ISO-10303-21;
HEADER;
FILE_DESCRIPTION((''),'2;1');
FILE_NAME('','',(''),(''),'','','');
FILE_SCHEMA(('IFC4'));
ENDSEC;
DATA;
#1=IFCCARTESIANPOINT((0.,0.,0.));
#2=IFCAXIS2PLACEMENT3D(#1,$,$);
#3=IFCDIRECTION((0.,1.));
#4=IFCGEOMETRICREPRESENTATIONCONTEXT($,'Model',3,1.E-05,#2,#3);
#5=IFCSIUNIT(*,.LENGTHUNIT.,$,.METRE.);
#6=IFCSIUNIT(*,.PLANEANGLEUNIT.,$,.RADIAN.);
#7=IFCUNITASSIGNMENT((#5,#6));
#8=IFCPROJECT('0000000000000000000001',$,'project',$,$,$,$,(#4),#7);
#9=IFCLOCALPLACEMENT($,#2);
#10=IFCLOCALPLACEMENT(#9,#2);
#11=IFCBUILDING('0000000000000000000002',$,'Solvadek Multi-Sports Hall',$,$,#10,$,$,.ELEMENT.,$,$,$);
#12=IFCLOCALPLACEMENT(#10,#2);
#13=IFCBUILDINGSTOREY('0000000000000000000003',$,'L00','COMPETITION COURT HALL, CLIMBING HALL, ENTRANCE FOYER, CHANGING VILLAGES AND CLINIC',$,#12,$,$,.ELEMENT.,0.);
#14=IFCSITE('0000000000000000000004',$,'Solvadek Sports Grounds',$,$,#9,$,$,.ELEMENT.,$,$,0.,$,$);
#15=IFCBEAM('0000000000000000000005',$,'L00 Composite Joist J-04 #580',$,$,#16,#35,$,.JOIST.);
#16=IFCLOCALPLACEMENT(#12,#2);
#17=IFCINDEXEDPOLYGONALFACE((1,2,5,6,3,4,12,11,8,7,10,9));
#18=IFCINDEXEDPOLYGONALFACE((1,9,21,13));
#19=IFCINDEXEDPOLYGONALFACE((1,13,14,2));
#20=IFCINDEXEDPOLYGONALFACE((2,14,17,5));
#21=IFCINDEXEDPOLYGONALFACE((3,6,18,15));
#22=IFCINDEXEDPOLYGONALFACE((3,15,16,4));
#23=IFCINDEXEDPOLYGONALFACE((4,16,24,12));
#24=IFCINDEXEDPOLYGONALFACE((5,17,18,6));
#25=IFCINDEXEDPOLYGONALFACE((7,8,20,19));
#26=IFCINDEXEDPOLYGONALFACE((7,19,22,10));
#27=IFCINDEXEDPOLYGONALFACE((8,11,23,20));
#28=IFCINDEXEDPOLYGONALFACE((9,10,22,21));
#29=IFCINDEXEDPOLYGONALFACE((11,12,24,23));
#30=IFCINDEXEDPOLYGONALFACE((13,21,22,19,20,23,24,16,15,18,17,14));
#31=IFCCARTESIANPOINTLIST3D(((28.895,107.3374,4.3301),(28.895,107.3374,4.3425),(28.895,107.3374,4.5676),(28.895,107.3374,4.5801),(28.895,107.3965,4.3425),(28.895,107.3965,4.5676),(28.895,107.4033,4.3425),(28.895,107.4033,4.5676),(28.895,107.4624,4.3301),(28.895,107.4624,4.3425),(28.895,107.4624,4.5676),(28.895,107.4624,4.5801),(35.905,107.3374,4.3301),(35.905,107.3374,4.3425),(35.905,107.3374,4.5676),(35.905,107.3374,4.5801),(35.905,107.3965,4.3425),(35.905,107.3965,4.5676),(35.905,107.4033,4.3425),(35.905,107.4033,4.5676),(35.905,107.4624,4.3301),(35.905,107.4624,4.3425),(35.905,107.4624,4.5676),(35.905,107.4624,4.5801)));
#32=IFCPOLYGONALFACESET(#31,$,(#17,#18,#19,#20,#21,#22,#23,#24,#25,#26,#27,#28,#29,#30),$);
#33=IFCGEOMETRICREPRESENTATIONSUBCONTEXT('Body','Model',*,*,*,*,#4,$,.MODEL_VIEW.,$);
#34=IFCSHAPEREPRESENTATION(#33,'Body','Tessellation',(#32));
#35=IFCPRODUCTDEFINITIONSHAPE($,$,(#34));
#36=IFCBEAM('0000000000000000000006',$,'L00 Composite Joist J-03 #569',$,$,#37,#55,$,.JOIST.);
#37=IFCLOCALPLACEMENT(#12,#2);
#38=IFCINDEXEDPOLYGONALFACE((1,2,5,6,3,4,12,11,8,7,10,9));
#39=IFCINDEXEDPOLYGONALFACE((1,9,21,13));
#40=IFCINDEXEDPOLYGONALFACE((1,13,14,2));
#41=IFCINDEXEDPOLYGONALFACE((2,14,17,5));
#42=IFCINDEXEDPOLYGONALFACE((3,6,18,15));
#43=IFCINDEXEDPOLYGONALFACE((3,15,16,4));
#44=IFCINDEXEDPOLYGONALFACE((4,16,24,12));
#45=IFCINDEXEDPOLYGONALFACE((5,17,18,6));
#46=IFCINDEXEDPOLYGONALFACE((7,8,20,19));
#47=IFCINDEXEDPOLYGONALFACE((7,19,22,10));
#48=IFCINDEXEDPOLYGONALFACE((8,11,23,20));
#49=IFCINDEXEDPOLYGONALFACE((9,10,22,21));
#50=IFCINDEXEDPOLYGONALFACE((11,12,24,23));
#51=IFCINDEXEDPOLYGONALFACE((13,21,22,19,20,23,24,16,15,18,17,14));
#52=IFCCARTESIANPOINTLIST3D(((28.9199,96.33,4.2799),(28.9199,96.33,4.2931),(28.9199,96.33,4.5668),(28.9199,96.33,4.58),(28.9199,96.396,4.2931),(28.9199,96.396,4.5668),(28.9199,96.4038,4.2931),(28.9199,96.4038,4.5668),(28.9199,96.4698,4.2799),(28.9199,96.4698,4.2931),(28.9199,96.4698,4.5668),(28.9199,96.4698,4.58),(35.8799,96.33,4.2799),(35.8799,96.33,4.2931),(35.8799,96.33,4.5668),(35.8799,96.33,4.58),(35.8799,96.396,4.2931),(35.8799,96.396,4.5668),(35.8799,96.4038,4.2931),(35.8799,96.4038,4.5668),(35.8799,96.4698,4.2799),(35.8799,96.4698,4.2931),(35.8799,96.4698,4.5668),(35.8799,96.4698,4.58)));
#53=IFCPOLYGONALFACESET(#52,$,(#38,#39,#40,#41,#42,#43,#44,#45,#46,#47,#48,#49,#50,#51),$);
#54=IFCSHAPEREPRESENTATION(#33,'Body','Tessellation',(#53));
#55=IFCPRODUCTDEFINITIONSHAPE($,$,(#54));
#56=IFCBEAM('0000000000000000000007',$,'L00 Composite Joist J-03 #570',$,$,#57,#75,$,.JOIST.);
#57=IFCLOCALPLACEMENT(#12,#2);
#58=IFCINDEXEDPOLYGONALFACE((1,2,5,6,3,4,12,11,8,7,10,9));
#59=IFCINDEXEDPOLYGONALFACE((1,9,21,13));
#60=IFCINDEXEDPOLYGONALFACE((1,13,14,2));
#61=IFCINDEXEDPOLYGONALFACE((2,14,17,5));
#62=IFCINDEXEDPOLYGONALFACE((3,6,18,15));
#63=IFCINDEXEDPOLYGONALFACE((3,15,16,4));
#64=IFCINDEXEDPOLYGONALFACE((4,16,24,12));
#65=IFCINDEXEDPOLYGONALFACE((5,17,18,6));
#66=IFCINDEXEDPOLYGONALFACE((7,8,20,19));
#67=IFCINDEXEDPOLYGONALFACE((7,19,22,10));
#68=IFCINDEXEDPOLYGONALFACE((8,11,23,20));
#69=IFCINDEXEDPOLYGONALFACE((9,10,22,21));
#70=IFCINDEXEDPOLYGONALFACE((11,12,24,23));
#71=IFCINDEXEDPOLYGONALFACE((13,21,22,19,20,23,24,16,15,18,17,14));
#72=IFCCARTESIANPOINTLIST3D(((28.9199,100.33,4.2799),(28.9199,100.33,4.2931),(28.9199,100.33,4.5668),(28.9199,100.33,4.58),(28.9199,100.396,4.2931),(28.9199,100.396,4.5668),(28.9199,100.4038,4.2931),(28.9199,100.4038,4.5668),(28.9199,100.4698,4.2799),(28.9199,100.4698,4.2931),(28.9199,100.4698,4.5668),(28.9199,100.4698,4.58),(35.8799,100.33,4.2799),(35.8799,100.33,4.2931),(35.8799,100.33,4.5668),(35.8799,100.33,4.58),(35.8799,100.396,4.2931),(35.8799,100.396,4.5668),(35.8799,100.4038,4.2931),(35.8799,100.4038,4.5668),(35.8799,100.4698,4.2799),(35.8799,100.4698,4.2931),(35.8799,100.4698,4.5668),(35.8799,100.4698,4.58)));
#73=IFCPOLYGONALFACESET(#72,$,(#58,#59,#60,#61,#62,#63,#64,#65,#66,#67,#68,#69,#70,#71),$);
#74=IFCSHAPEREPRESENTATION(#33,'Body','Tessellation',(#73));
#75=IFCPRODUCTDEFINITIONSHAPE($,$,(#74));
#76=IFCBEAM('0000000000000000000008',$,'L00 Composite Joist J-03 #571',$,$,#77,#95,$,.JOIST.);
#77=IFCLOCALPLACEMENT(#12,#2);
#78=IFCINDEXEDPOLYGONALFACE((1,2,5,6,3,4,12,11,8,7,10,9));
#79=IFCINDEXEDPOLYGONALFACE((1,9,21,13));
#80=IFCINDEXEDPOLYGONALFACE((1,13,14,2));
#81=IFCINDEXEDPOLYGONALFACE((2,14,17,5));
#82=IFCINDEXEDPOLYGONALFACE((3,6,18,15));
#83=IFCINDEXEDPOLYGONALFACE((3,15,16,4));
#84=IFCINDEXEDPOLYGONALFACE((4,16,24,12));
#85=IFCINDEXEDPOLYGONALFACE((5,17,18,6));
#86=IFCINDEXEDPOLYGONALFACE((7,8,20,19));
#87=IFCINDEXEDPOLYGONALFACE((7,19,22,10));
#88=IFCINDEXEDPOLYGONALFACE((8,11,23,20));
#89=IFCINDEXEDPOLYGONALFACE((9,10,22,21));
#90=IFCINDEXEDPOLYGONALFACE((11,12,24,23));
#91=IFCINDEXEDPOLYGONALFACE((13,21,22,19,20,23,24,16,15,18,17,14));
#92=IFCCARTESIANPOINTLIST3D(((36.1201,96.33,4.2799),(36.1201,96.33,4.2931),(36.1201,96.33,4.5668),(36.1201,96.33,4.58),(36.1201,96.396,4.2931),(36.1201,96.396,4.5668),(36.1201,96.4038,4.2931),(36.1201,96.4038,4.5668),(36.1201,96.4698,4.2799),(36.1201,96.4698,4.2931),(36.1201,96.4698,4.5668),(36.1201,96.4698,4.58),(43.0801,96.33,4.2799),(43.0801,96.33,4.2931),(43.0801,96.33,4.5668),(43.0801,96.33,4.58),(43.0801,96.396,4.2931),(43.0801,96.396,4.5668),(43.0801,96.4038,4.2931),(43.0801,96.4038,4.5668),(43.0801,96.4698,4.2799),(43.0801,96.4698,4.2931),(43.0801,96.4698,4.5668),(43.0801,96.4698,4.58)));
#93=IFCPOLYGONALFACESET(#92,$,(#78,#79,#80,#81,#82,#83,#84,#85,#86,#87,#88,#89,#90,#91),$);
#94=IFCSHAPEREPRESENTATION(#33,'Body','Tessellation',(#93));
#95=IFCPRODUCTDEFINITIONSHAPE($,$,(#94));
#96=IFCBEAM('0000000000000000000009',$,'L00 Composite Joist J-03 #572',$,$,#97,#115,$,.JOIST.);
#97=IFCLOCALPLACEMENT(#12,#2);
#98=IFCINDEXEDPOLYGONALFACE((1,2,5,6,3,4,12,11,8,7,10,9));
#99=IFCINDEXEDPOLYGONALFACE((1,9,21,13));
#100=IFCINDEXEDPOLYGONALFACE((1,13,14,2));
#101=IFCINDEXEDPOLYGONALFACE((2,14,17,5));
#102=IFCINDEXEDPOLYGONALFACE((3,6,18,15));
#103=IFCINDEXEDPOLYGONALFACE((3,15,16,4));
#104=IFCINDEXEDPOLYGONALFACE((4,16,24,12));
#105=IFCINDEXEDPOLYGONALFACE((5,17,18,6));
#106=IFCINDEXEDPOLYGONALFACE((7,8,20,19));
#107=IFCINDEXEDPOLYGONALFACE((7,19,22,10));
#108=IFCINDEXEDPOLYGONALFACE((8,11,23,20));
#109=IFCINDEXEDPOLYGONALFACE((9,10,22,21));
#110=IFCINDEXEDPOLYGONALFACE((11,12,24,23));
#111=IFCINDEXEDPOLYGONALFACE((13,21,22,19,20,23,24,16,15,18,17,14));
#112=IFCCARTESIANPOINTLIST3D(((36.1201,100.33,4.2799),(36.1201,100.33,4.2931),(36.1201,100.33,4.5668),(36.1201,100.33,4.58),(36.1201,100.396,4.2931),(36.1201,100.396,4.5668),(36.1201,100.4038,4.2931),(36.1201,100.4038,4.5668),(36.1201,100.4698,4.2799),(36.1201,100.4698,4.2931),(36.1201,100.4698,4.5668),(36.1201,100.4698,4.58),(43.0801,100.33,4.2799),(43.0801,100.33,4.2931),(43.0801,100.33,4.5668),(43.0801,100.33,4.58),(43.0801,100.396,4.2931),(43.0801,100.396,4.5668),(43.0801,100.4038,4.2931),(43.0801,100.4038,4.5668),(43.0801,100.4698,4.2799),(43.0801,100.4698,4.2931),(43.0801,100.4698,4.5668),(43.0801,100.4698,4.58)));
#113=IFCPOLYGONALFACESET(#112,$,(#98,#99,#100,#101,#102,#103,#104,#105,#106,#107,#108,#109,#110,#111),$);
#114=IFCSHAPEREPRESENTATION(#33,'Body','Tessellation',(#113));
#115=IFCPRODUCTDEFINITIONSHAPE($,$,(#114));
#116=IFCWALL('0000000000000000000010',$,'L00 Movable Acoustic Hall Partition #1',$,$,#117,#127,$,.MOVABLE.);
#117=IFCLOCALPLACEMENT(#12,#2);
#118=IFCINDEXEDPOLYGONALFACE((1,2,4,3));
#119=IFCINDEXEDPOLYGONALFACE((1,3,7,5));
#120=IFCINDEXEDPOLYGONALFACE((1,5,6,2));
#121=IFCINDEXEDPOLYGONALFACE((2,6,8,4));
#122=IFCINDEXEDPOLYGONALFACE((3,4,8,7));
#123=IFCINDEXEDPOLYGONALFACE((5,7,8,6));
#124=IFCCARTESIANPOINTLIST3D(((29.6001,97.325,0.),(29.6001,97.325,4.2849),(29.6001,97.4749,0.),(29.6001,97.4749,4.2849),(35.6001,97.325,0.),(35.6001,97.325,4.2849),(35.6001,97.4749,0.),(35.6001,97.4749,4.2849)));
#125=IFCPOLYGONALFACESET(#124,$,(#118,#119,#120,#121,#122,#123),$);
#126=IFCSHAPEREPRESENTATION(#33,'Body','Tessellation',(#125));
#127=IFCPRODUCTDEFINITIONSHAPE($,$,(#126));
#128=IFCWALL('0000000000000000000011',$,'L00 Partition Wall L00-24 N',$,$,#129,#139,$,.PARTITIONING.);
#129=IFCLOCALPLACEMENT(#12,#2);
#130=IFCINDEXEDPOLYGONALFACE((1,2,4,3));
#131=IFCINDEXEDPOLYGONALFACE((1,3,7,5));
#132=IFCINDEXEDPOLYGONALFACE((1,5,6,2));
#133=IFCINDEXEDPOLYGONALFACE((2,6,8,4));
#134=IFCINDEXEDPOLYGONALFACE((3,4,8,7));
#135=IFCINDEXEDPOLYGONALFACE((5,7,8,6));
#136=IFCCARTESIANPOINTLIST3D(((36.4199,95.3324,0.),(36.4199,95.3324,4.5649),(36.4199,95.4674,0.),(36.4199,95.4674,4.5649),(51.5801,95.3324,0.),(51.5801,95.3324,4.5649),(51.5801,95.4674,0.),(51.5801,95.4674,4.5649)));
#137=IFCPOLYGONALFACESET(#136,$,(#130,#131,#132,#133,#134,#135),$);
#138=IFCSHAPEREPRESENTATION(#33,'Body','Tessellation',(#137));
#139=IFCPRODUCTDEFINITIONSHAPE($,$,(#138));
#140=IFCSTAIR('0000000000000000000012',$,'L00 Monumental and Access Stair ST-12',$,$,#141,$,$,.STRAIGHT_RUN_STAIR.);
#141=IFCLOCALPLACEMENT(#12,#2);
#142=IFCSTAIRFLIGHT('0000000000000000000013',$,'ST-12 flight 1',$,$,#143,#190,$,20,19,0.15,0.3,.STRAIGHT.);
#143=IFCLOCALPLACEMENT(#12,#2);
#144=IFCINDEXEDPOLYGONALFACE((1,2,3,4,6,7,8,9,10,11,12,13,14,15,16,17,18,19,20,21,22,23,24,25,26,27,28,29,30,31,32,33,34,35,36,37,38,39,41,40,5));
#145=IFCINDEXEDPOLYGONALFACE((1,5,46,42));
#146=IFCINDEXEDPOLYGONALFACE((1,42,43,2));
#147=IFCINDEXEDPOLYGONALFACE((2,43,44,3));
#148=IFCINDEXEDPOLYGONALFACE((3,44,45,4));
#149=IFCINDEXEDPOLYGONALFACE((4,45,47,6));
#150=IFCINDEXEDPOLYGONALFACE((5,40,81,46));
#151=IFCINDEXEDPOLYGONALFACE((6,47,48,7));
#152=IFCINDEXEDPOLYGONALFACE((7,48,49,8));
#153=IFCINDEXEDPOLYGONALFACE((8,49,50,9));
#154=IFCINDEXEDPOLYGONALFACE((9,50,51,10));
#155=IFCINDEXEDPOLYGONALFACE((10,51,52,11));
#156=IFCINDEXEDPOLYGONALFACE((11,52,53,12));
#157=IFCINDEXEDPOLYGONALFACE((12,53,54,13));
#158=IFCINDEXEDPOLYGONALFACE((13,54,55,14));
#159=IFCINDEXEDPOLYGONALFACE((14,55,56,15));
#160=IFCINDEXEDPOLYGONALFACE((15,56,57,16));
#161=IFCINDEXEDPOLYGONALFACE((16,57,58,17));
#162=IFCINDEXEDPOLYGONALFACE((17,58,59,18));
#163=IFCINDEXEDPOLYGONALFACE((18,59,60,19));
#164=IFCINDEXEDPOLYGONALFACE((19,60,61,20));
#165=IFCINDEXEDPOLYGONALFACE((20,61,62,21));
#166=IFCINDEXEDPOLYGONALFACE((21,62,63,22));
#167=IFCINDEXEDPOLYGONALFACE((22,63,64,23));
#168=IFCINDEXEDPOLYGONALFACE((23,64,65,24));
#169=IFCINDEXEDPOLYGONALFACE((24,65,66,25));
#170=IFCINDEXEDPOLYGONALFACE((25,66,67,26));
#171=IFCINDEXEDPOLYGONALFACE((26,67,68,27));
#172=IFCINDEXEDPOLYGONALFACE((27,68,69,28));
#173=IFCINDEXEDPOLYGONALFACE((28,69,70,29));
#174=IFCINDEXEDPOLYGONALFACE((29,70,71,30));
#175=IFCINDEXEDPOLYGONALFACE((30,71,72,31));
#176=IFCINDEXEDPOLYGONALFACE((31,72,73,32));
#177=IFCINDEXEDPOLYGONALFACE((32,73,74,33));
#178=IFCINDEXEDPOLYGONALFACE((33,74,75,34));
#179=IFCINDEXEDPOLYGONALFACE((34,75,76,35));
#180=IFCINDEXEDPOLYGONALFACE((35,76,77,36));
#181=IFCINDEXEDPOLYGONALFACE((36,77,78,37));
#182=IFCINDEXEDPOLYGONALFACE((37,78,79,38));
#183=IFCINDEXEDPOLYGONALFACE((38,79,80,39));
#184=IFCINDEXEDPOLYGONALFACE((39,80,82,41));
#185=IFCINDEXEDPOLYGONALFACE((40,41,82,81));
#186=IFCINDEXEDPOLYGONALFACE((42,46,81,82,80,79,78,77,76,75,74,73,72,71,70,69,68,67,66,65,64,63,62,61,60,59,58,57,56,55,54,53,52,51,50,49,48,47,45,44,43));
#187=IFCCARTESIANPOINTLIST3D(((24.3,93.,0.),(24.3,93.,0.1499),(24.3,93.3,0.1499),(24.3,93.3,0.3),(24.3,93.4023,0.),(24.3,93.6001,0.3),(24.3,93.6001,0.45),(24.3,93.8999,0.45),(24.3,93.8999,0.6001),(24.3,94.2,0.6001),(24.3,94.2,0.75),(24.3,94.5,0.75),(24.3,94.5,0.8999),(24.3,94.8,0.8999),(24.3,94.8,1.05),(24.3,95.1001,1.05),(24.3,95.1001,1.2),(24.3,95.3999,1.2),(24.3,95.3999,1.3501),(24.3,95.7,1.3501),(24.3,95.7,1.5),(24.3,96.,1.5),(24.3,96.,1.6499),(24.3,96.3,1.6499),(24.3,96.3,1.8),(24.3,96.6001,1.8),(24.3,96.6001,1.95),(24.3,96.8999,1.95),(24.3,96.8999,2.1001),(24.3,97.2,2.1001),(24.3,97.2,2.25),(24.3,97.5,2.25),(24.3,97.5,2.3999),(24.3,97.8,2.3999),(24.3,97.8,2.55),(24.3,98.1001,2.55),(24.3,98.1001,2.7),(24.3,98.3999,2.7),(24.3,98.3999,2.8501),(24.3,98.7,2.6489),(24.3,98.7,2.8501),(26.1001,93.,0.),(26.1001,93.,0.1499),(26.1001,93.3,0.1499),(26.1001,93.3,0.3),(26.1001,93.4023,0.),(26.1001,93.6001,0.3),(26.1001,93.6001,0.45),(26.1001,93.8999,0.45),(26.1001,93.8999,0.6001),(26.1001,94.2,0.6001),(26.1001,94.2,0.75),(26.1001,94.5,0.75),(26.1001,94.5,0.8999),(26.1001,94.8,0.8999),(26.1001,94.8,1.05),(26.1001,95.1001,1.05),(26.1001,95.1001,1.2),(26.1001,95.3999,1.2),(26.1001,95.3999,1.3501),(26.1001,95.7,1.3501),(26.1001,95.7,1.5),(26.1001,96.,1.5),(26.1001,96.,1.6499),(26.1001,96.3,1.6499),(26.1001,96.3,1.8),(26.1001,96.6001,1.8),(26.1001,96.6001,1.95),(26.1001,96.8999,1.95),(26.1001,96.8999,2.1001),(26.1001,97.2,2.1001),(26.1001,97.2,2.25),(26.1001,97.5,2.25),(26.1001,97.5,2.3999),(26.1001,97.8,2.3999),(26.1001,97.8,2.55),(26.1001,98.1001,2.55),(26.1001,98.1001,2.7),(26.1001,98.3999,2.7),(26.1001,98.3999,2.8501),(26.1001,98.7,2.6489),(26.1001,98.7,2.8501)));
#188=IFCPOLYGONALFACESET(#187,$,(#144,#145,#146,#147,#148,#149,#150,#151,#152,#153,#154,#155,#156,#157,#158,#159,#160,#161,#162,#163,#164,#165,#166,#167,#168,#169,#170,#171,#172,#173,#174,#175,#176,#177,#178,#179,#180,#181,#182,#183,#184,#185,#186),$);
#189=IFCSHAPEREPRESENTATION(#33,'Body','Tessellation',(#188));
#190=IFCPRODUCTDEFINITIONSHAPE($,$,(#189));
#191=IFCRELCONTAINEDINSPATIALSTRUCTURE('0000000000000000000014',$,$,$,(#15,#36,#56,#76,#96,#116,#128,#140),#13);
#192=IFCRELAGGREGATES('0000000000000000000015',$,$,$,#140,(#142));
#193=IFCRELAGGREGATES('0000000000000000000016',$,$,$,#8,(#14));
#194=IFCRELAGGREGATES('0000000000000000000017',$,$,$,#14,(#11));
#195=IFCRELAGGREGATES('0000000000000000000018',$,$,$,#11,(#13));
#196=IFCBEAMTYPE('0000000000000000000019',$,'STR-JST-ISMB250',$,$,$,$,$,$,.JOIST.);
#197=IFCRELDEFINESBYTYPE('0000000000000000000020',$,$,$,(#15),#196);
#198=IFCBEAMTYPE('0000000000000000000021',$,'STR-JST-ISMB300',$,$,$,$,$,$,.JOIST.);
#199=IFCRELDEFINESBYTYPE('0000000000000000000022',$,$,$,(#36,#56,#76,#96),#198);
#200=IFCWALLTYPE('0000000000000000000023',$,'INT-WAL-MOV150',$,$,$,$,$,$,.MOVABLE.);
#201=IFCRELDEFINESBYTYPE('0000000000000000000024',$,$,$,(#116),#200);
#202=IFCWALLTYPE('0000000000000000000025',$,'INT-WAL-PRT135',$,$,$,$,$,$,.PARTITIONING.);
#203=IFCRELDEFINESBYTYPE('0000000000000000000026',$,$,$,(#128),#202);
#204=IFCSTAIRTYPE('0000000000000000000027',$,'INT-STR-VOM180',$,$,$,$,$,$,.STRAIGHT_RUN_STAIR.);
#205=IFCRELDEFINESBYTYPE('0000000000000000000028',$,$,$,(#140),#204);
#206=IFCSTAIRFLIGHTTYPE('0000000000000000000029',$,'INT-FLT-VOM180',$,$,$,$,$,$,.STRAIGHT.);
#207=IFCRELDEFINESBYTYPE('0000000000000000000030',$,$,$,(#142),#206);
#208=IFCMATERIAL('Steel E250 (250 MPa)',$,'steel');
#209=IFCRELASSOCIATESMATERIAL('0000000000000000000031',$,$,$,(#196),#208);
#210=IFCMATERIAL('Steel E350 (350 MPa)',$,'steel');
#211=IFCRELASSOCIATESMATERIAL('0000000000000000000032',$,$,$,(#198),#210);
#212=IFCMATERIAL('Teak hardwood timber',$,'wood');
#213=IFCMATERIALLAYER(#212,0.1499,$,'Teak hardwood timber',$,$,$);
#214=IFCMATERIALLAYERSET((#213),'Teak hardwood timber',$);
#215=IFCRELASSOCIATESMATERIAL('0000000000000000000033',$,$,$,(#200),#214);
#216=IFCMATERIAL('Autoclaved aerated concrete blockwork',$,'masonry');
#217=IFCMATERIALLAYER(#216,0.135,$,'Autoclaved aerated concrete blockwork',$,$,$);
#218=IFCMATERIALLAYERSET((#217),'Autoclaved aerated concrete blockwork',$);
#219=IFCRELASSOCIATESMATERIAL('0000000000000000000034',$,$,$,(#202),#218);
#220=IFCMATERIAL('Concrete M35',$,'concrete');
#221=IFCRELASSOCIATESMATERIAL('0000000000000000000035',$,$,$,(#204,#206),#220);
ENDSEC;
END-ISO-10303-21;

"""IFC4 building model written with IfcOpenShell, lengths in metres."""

from ifc_helpers import new_model, si_unit, direction, frame, frame_2d, origin, origin_2d, place, context, subcontext, project, spatial, polyline, rectangle, i_section, outline, extrude, material, layer, layer_set, material_profile, profile_set, type_object, element, aggregate, save


model = new_model("IFC4")

# Units and contexts
model_context = context("Model", 3, precision=1e-05, world=origin(), true_north=direction((0.0, 1.0)))
body_context = subcontext(model_context, "Body", "Model", "MODEL_VIEW")
ifc_project = project(units=[si_unit("LENGTHUNIT", "METRE"), si_unit("PLANEANGLEUNIT", "RADIAN")], contexts=[model_context])

# Site, building, storey
site_placement = place(None, origin())
site = spatial("IfcSite", under=ifc_project, at=site_placement, Name="Solvadek Sports Grounds", CompositionType="ELEMENT", RefElevation=0.0)
building_placement = place(site_placement, origin())
building = spatial("IfcBuilding", under=site, at=building_placement, Name="Solvadek Multi-Sports Hall", CompositionType="ELEMENT")
storey_placement = place(building_placement, origin())
storey = spatial("IfcBuildingStorey", under=building, at=storey_placement, Name="L00", Description="COMPETITION COURT HALL, CLIMBING HALL, ENTRANCE FOYER, CHANGING VILLAGES AND CLINIC", CompositionType="ELEMENT", Elevation=0.0)

# Shared definitions
ifc_material_1 = material(Name="Steel E350 (350 MPa)", Category="steel")

# Shared definitions
ifc_material_2 = material(Name="Steel E250 (250 MPa)", Category="steel")

# Beams
ifc_material_profile_1 = material_profile(ifc_material_2, i_section(OverallWidth=0.125, OverallDepth=0.25, WebThickness=0.0068, FlangeThickness=0.0125, at=origin_2d()), Name="ISMB 250")
ifc_profile_set_1 = profile_set([ifc_material_profile_1], Name="Steel E250 (250 MPa)")
beam_type_1 = type_object("IfcBeamType", Name="STR-JST-ISMB250", PredefinedType="JOIST", material=ifc_profile_set_1)
beam_1_placement = place(storey_placement, frame((28.895, 107.3999, 4.4551), z_axis=(1.0, 0.0, 0.0), x_axis=(0.0, 1.0, 0.0)))
element("IfcBeam", 1, at=beam_1_placement, inside=storey, type_object=beam_type_1, Name="L00 Composite Joist J-04 #580", PredefinedType="JOIST", context=body_context, shape_type="SweptSolid", body=[
    extrude(i_section(OverallWidth=0.125, OverallDepth=0.25, WebThickness=0.0068, FlangeThickness=0.0125, at=origin_2d()), origin(), (0.0, 0.0, 1.0), 7.01),
])
ifc_material_profile_2 = material_profile(ifc_material_1, i_section(OverallWidth=0.1399, OverallDepth=0.3, WebThickness=0.0078, FlangeThickness=0.0132, at=origin_2d()), Name="ISMB 300")
ifc_profile_set_2 = profile_set([ifc_material_profile_2], Name="Steel E350 (350 MPa)")
beam_type_2 = type_object("IfcBeamType", Name="STR-JST-ISMB300", PredefinedType="JOIST", material=ifc_profile_set_2)
for number, where, z_axis, x_axis, name in (
    (2, (28.9199, 96.3999, 4.4299), (1.0, 0.0, 0.0), (0.0, 1.0, 0.0), "L00 Composite Joist J-03 #569"),
    (3, (28.9199, 100.3999, 4.4299), (1.0, 0.0, 0.0), (0.0, 1.0, 0.0), "L00 Composite Joist J-03 #570"),
    (4, (36.1201, 96.3999, 4.4299), (1.0, 0.0, 0.0), (0.0, 1.0, 0.0), "L00 Composite Joist J-03 #571"),
    (5, (36.1201, 100.3999, 4.4299), (1.0, 0.0, 0.0), (0.0, 1.0, 0.0), "L00 Composite Joist J-03 #572"),
):
    element("IfcBeam", number, at=place(storey_placement, frame(where, z_axis=z_axis, x_axis=x_axis)), inside=storey, type_object=beam_type_2, Name=name, PredefinedType="JOIST", context=body_context, shape_type="SweptSolid", body=[
        extrude(i_section(OverallWidth=0.1399, OverallDepth=0.3, WebThickness=0.0078, FlangeThickness=0.0132, at=origin_2d()), origin(), (0.0, 0.0, 1.0), 6.96),
    ])

# Walls
ifc_material_3 = material(Name="Teak hardwood timber", Category="wood")
ifc_layer_1 = layer(ifc_material_3, 0.1499, Name="Teak hardwood timber")
ifc_layer_set_1 = layer_set([ifc_layer_1], Name="Teak hardwood timber")
wall_type_1 = type_object("IfcWallType", Name="INT-WAL-MOV150", PredefinedType="MOVABLE", material=ifc_layer_set_1)
wall_1_placement = place(storey_placement, frame((29.6001, 97.3999, 0.0), z_axis=(0.0, 0.0, 1.0), x_axis=(1.0, 0.0, 0.0)))
element("IfcWall", 6, at=wall_1_placement, inside=storey, type_object=wall_type_1, Name="L00 Movable Acoustic Hall Partition #1", PredefinedType="MOVABLE", context=body_context, shape_type="SweptSolid", body=[
    extrude(rectangle(XDim=6.0, YDim=0.1499, at=frame_2d((3.0, 0.0))), origin(), (0.0, 0.0, 1.0), 4.2849),
])
ifc_material_4 = material(Name="Autoclaved aerated concrete blockwork", Category="masonry")
ifc_layer_2 = layer(ifc_material_4, 0.135, Name="Autoclaved aerated concrete blockwork")
ifc_layer_set_2 = layer_set([ifc_layer_2], Name="Autoclaved aerated concrete blockwork")
wall_type_2 = type_object("IfcWallType", Name="INT-WAL-PRT135", PredefinedType="PARTITIONING", material=ifc_layer_set_2)
wall_2_placement = place(storey_placement, frame((36.4199, 95.3999, 0.0), z_axis=(0.0, 0.0, 1.0), x_axis=(1.0, 0.0, 0.0)))
element("IfcWall", 7, at=wall_2_placement, inside=storey, type_object=wall_type_2, Name="L00 Partition Wall L00-24 N", PredefinedType="PARTITIONING", context=body_context, shape_type="SweptSolid", body=[
    extrude(rectangle(XDim=15.1602, YDim=0.135, at=frame_2d((7.5801, 0.0))), origin(), (0.0, 0.0, 1.0), 4.5649),
])

# Stair, stair flight
ifc_material_5 = material(Name="Concrete M35", Category="concrete")
stair_type = type_object("IfcStairType", Name="INT-STR-VOM180", PredefinedType="STRAIGHT_RUN_STAIR", material=ifc_material_5)
stair_placement = place(storey_placement, origin())
stair = element("IfcStair", 8, at=stair_placement, inside=storey, type_object=stair_type, Name="L00 Monumental and Access Stair ST-12", PredefinedType="STRAIGHT_RUN_STAIR")
stair_flight_type = type_object("IfcStairFlightType", Name="INT-FLT-VOM180", PredefinedType="STRAIGHT", material=ifc_material_5)
stair_flight_1_placement = place(storey_placement, frame((25.2, 93.0, 0.0), z_axis=(0.0, 0.0, 1.0), x_axis=(0.0, 1.0, 0.0)))
stair_flight_1 = element("IfcStairFlight", 9, at=stair_flight_1_placement, type_object=stair_flight_type, Name="ST-12 flight 1", NumberOfRisers=20, NumberOfTreads=19, PredefinedType="STRAIGHT", RiserHeight=0.15, TreadLength=0.3, context=body_context, shape_type="SweptSolid", body=[
    extrude(outline(polyline([(0.0, 0.0), (0.0, 0.1499), (0.3, 0.1499), (0.3, 0.3), (0.6001, 0.3), (0.6001, 0.45), (0.8999, 0.45), (0.8999, 0.6001), (1.2, 0.6001), (1.2, 0.75), (1.5, 0.75), (1.5, 0.8999), (1.8, 0.8999), (1.8, 1.05), (2.1001, 1.05), (2.1001, 1.2), (2.3999, 1.2), (2.3999, 1.3501), (2.7, 1.3501), (2.7, 1.5), (3.0, 1.5), (3.0, 1.6499), (3.3, 1.6499), (3.3, 1.8), (3.6001, 1.8), (3.6001, 1.95), (3.8999, 1.95), (3.8999, 2.1001), (4.2, 2.1001), (4.2, 2.25), (4.5, 2.25), (4.5, 2.3999), (4.8, 2.3999), (4.8, 2.55), (5.1001, 2.55), (5.1001, 2.7), (5.3999, 2.7), (5.3999, 2.8501), (5.7, 2.8501), (5.7, 3.0), (5.7, 2.6489), (0.4023, 0.0), (0.0, 0.0)])), frame((0.0, 0.8999, 0.0), z_axis=(0.0, -1.0, 0.0), x_axis=(1.0, 0.0, 0.0)), (0.0, 0.0, 1.0), 1.8),
])
aggregate(stair, [stair_flight_1])

save(model, "model.ifc")
